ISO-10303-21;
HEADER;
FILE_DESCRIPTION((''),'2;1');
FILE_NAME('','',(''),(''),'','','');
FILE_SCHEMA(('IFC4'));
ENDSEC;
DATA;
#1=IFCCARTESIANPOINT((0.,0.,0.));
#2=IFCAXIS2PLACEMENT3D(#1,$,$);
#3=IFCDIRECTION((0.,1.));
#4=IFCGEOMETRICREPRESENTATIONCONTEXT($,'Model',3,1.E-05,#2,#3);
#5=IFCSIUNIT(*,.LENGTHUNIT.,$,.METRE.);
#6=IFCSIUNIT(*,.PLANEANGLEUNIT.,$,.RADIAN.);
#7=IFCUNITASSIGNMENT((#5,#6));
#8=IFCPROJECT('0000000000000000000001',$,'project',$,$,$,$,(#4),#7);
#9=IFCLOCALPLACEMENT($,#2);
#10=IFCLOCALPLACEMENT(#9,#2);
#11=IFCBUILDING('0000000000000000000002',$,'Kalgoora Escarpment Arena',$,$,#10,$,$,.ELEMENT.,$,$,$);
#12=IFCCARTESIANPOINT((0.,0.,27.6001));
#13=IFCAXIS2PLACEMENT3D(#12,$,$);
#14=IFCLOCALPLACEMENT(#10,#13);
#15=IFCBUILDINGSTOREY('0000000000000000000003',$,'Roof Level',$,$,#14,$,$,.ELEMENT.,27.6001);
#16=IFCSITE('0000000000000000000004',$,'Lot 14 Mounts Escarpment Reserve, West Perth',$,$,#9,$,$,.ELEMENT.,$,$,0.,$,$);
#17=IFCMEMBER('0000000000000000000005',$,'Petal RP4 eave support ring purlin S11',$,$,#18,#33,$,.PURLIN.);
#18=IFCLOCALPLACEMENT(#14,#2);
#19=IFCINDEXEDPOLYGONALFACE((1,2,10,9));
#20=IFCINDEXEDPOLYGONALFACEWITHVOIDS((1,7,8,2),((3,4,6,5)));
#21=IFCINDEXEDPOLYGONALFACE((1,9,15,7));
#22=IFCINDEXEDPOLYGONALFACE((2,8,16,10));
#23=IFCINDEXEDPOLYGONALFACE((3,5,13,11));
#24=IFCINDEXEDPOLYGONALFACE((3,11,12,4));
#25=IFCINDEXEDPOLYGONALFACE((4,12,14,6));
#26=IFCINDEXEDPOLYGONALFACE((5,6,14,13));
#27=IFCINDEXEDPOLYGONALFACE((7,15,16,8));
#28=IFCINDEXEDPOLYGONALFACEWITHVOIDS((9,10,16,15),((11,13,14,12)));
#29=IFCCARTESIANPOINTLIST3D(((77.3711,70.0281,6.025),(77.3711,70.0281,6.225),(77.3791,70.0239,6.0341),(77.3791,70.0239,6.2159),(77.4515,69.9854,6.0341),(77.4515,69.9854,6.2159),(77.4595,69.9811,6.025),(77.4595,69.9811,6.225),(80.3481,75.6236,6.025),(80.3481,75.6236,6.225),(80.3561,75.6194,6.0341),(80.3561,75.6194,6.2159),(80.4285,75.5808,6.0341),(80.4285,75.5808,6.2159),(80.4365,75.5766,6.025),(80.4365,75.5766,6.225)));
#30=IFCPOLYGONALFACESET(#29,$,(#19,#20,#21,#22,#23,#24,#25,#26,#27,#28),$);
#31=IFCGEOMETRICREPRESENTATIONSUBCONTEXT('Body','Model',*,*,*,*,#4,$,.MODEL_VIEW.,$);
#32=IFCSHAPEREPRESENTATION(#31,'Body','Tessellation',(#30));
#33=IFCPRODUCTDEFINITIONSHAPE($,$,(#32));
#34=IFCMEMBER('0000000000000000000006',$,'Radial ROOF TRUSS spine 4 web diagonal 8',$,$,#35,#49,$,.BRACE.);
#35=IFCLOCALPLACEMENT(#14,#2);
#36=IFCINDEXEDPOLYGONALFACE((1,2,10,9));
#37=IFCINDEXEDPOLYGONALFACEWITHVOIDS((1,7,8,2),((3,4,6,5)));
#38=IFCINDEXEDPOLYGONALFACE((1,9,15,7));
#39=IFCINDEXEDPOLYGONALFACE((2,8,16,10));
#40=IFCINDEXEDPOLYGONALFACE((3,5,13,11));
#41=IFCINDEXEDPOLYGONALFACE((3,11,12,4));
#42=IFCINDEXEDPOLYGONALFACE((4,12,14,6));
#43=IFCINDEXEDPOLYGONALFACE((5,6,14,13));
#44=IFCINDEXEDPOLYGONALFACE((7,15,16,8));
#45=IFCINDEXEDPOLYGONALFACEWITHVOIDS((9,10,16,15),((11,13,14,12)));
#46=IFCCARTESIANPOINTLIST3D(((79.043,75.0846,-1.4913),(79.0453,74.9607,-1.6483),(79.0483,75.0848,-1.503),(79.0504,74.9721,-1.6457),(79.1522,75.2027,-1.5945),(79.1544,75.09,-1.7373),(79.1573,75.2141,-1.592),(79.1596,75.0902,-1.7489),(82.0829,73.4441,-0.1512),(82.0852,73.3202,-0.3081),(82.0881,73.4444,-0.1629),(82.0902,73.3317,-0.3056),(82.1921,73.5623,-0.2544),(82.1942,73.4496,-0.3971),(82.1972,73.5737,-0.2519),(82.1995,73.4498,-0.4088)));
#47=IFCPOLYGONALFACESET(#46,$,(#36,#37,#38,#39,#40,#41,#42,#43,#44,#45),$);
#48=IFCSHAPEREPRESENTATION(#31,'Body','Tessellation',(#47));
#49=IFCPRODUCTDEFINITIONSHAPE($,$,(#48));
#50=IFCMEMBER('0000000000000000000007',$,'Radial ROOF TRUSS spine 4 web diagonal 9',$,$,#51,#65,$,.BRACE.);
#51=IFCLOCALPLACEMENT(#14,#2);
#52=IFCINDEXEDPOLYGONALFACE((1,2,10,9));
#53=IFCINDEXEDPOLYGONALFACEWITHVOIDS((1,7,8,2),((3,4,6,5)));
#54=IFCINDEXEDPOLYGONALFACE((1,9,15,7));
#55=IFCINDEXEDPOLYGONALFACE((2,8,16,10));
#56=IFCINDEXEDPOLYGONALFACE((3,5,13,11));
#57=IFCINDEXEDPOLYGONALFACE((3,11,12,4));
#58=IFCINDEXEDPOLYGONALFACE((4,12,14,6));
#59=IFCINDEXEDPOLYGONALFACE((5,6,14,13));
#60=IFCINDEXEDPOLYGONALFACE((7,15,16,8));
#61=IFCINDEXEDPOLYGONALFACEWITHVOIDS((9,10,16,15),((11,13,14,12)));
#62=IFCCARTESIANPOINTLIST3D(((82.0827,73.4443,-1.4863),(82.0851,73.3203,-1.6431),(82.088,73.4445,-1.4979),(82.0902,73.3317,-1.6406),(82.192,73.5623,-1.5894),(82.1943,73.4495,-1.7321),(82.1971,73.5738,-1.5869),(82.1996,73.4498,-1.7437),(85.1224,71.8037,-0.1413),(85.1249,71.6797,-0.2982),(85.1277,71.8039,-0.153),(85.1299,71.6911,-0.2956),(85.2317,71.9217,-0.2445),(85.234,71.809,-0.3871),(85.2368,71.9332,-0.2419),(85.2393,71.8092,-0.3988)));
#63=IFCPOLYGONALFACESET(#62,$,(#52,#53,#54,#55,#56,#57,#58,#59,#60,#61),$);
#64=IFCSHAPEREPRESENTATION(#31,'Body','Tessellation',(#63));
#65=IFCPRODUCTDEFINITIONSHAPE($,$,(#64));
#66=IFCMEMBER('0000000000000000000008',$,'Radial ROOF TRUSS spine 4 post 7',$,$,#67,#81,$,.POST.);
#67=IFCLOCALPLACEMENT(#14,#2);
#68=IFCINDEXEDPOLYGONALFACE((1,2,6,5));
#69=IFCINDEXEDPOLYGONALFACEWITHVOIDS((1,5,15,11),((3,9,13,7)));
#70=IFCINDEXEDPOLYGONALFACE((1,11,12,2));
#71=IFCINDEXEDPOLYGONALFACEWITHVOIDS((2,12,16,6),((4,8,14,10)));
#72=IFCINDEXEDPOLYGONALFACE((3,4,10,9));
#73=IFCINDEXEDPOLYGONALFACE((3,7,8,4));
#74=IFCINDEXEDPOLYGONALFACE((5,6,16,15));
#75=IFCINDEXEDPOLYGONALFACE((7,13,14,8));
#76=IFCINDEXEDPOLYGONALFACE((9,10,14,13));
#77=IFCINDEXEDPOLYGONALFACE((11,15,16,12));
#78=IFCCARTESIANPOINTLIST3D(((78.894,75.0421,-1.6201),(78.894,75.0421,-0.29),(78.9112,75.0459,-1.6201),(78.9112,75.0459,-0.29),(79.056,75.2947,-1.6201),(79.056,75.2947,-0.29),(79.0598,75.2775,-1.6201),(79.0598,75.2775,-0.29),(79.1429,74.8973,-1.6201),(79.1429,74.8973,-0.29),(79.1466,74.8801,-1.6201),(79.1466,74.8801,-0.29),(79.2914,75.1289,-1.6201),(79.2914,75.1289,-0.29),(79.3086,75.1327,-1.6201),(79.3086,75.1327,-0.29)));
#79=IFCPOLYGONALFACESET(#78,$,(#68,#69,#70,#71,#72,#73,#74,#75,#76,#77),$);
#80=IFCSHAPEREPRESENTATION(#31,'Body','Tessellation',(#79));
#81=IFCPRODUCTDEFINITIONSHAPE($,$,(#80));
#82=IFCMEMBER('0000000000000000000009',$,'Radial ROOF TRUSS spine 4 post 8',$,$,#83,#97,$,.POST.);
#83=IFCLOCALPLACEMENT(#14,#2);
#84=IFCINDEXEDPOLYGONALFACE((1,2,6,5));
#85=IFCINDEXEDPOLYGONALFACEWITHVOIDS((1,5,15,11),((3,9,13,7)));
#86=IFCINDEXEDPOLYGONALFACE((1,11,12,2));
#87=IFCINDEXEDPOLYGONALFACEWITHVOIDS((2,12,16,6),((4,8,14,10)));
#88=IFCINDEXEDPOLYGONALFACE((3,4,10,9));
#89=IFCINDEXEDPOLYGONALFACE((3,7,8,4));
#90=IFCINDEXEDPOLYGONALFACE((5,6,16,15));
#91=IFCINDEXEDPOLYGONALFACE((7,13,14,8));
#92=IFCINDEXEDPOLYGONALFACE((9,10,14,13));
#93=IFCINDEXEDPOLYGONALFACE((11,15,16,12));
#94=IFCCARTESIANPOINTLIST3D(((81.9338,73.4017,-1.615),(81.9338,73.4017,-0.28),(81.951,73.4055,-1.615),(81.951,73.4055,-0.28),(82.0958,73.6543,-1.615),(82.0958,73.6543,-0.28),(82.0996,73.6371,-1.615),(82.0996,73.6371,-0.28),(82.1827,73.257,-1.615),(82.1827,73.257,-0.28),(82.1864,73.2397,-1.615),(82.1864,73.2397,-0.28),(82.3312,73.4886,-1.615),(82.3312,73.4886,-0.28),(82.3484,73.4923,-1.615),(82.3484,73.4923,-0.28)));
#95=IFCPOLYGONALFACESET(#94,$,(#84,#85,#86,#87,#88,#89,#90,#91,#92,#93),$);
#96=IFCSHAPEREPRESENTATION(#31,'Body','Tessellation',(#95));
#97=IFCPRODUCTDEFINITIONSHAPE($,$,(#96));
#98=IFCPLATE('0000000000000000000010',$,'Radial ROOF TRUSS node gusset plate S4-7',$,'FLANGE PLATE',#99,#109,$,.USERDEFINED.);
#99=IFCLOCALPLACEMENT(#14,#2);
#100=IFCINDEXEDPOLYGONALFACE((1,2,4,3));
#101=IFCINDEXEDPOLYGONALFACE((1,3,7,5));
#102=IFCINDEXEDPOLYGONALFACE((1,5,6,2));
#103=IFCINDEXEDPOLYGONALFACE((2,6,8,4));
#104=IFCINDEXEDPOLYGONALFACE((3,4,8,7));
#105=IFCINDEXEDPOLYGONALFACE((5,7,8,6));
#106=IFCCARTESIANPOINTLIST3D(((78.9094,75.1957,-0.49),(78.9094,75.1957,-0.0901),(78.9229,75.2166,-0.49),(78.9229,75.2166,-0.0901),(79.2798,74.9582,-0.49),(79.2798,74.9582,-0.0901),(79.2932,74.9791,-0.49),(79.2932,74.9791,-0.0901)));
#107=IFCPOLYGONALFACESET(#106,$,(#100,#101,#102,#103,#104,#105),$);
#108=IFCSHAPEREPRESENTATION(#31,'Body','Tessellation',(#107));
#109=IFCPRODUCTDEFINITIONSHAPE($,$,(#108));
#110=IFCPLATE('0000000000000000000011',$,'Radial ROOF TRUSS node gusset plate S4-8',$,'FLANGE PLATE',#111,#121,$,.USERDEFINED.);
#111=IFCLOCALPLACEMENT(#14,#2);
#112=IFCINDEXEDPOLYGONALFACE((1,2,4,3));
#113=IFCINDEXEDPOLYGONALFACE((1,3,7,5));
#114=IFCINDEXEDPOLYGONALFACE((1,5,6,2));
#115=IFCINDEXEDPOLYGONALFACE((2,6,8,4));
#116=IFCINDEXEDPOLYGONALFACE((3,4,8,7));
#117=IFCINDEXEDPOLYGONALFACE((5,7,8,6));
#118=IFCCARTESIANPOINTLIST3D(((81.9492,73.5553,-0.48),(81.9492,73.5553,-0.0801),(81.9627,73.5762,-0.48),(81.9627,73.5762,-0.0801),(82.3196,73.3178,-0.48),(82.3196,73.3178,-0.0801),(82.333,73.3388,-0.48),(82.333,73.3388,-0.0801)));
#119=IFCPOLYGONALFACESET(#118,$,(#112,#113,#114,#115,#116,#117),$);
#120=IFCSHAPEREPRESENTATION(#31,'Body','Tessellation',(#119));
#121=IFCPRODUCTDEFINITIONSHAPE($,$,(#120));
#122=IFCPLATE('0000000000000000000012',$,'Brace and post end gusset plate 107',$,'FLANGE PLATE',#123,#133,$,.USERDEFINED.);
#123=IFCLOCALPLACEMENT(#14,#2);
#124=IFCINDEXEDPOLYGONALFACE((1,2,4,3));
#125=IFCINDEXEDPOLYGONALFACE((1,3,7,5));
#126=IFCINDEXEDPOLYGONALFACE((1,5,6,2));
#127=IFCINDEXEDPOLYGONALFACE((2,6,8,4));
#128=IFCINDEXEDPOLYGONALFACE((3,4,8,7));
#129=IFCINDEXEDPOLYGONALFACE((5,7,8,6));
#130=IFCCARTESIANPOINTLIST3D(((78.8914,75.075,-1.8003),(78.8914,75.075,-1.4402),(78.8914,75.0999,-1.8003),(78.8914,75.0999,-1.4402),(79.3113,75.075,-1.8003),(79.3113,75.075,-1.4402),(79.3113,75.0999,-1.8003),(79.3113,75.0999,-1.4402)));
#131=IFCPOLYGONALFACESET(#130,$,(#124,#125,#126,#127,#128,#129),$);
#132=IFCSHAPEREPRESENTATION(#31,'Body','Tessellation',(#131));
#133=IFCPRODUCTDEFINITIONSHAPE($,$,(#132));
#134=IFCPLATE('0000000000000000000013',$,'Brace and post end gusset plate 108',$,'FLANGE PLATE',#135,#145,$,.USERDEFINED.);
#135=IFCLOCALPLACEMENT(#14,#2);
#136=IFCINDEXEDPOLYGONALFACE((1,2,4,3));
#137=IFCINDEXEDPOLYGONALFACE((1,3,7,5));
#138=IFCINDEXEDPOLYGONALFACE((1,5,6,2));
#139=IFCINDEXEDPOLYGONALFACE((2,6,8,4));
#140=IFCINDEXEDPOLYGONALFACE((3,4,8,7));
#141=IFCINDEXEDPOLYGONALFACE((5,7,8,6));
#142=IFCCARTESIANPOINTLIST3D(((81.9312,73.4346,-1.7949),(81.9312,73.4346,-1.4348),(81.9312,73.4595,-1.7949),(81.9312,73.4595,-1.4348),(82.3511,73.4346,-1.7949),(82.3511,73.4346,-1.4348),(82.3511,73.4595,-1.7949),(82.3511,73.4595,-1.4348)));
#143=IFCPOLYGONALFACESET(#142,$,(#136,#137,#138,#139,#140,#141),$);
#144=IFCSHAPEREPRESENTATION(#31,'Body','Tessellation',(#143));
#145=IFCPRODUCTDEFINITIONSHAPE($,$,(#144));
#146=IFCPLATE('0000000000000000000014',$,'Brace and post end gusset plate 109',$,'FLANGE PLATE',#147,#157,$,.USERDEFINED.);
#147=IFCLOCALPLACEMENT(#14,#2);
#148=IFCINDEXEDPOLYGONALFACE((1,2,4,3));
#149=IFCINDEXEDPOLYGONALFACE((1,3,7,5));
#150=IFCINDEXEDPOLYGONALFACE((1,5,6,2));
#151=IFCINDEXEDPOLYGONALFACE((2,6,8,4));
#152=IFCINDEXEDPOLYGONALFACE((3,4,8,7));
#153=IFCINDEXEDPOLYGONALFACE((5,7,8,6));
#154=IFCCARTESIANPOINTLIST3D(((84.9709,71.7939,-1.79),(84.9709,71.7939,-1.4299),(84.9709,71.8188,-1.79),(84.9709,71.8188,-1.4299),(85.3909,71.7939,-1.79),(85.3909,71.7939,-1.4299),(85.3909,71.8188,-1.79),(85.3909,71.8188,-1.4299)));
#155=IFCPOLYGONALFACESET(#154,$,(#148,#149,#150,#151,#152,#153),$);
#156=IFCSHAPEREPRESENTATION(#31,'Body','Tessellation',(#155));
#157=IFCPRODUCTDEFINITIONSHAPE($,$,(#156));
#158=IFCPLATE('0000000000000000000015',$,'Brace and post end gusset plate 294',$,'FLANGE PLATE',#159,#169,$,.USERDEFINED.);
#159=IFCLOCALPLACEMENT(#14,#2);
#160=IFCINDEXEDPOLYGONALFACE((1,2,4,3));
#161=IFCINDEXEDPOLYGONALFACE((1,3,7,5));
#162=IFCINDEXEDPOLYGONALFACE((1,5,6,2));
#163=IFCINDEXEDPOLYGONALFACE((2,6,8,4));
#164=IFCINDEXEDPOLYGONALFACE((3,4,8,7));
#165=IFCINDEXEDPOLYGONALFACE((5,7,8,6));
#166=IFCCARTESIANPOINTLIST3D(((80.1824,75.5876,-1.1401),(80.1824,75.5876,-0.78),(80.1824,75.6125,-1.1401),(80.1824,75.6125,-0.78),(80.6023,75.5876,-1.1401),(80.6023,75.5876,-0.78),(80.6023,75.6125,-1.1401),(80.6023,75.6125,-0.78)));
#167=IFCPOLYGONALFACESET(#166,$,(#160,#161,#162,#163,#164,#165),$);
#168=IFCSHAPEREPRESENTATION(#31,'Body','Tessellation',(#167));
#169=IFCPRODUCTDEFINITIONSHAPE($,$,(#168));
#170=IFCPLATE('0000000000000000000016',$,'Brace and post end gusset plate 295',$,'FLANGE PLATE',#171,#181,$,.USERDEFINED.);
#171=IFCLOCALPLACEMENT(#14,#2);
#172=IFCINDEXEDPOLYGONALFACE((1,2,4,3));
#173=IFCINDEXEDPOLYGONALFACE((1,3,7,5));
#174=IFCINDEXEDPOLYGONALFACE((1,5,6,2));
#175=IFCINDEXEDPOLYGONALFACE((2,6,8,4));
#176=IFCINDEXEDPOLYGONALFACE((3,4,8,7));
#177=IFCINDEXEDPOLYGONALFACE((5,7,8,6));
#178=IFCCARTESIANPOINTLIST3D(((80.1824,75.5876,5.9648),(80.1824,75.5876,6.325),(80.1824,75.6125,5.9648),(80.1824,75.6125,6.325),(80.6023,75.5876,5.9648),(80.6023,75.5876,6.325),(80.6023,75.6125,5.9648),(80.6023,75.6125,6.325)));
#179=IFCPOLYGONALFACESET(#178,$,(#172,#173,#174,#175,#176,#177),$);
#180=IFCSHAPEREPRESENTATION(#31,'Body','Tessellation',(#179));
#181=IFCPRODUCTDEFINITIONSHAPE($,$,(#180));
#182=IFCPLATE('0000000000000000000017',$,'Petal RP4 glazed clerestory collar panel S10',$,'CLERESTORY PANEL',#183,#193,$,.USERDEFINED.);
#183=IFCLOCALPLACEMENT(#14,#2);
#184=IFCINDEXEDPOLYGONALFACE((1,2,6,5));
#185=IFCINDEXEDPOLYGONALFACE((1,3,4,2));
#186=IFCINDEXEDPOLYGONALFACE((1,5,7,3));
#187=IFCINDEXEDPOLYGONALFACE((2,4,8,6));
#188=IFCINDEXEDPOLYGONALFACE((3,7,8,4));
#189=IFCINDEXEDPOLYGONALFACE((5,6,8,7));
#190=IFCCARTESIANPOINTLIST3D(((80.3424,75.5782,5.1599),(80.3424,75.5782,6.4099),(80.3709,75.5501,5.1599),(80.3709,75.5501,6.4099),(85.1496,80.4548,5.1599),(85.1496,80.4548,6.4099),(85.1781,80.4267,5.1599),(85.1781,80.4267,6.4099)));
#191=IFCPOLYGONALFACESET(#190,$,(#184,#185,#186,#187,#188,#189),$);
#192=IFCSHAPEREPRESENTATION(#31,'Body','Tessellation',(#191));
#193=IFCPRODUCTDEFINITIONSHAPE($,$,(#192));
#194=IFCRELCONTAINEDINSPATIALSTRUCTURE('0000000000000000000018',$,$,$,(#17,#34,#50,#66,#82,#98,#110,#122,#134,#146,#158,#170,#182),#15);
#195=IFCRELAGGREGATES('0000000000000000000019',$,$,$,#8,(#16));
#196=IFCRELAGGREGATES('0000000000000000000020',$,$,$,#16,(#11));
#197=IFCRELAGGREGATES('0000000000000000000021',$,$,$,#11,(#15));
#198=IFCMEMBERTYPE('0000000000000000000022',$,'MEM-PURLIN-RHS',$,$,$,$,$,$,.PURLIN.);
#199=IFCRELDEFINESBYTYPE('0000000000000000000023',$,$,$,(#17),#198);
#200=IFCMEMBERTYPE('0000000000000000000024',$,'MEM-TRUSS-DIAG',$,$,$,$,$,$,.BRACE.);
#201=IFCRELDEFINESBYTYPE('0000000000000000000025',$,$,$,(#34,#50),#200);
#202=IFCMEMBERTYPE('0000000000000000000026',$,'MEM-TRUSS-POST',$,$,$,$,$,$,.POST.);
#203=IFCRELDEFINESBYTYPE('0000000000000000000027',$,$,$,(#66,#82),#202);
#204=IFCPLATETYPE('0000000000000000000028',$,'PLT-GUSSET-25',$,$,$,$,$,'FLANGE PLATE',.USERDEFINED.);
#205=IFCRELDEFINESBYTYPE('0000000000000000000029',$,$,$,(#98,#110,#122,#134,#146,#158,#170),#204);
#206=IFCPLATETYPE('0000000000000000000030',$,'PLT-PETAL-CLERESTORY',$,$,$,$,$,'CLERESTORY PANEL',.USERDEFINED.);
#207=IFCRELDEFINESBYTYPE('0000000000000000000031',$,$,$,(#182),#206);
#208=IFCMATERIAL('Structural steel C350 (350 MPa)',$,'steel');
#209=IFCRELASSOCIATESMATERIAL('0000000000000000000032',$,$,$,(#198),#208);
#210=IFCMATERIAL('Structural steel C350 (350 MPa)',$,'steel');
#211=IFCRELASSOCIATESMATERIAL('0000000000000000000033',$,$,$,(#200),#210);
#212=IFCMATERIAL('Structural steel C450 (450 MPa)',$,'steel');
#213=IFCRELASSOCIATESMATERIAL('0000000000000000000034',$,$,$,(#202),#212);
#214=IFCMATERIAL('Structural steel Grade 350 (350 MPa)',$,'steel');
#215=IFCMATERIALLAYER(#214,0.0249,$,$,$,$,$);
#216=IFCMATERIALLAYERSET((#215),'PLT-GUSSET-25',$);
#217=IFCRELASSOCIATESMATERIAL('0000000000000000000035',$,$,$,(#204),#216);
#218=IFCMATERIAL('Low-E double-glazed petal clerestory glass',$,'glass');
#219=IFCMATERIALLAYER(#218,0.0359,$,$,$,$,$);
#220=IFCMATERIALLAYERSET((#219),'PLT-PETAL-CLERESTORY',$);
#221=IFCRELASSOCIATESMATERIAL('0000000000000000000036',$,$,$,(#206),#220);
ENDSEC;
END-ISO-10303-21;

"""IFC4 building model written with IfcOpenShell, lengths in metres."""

from ifc_helpers import new_model, si_unit, direction, frame, origin, origin_2d, place, context, subcontext, project, spatial, rectangle, hollow_rectangle, extrude, material, layer, layer_set, material_profile, profile_set, type_object, element, save


model = new_model("IFC4")

# Units and contexts
model_context = context("Model", 3, precision=1e-05, world=origin(), true_north=direction((0.0, 1.0)))
body_context = subcontext(model_context, "Body", "Model", "MODEL_VIEW")
ifc_project = project(units=[si_unit("LENGTHUNIT", "METRE"), si_unit("PLANEANGLEUNIT", "RADIAN")], contexts=[model_context])

# Site, building, storey
site_placement = place(None, origin())
site = spatial("IfcSite", under=ifc_project, at=site_placement, Name="Lot 14 Mounts Escarpment Reserve, West Perth", CompositionType="ELEMENT", RefElevation=0.0)
building_placement = place(site_placement, origin())
building = spatial("IfcBuilding", under=site, at=building_placement, Name="Kalgoora Escarpment Arena", CompositionType="ELEMENT")
storey_placement = place(building_placement, frame((0.0, 0.0, 27.6001)))
storey = spatial("IfcBuildingStorey", under=building, at=storey_placement, Name="Roof Level", CompositionType="ELEMENT", Elevation=27.6001)

# Members
ifc_material_1 = material(Name="Structural steel C350 (350 MPa)", Category="steel")
ifc_material_profile_1 = material_profile(ifc_material_1, hollow_rectangle(XDim=0.1001, YDim=0.2, WallThickness=0.009, at=origin_2d()))
ifc_profile_set_1 = profile_set([ifc_material_profile_1], Name="Structural steel C350 (350 MPa)")
member_type_1 = type_object("IfcMemberType", Name="MEM-PURLIN-RHS", PredefinedType="PURLIN", material=ifc_profile_set_1)
member_1_placement = place(storey_placement, frame((80.3923, 75.6001, 6.125), z_axis=(-0.469704, -0.882824, 0.0), x_axis=(0.882824, -0.469704, 0.0)))
element("IfcMember", 1, at=member_1_placement, inside=storey, type_object=member_type_1, Name="Petal RP4 eave support ring purlin S11", PredefinedType="PURLIN", context=body_context, shape_type="SweptSolid", body=[
    extrude(hollow_rectangle(XDim=0.1001, YDim=0.2, WallThickness=0.009, at=origin_2d()), origin(), (0.0, 0.0, 1.0), 6.3381),
])
ifc_material_2 = material(Name="Structural steel C350 (350 MPa)", Category="steel")
ifc_material_profile_2 = material_profile(ifc_material_2, hollow_rectangle(XDim=0.2, YDim=0.2, WallThickness=0.009, at=origin_2d()))
ifc_profile_set_2 = profile_set([ifc_material_profile_2], Name="Structural steel C350 (350 MPa)")
member_type_2 = type_object("IfcMemberType", Name="MEM-TRUSS-DIAG", PredefinedType="BRACE", material=ifc_profile_set_2)
member_2_placement = place(storey_placement, frame((79.1013, 75.0874, -1.6201), z_axis=(0.820457, -0.442748, 0.361697), x_axis=(0.57159, 0.64809, -0.503253)))
element("IfcMember", 2, at=member_2_placement, inside=storey, type_object=member_type_2, Name="Radial ROOF TRUSS spine 4 web diagonal 8", PredefinedType="BRACE", context=body_context, shape_type="SweptSolid", body=[
    extrude(hollow_rectangle(XDim=0.2, YDim=0.2, WallThickness=0.009, at=origin_2d()), origin(), (0.0, 0.0, 1.0), 3.7051),
])
member_3_placement = place(storey_placement, frame((82.1411, 73.447, -1.615), z_axis=(0.820042, -0.442589, 0.362831), x_axis=(0.57217, 0.647764, -0.503015)))
element("IfcMember", 3, at=member_3_placement, inside=storey, type_object=member_type_2, Name="Radial ROOF TRUSS spine 4 web diagonal 9", PredefinedType="BRACE", context=body_context, shape_type="SweptSolid", body=[
    extrude(hollow_rectangle(XDim=0.2, YDim=0.2, WallThickness=0.009, at=origin_2d()), origin(), (0.0, 0.0, 1.0), 3.7068),
])
ifc_material_3 = material(Name="Structural steel C450 (450 MPa)", Category="steel")
ifc_material_profile_3 = material_profile(ifc_material_3, hollow_rectangle(XDim=0.3, YDim=0.3, WallThickness=0.0125, at=origin_2d()))
ifc_profile_set_3 = profile_set([ifc_material_profile_3], Name="Structural steel C450 (450 MPa)")
member_type_3 = type_object("IfcMemberType", Name="MEM-TRUSS-POST", PredefinedType="POST", material=ifc_profile_set_3)
member_4_placement = place(storey_placement, frame((79.1013, 75.0874, -1.6201), z_axis=(0.0, 0.0, 1.0), x_axis=(0.841794, -0.5398, 0.0)))
element("IfcMember", 4, at=member_4_placement, inside=storey, type_object=member_type_3, Name="Radial ROOF TRUSS spine 4 post 7", PredefinedType="POST", context=body_context, shape_type="SweptSolid", body=[
    extrude(hollow_rectangle(XDim=0.3, YDim=0.3, WallThickness=0.0125, at=origin_2d()), origin(), (0.0, 0.0, 1.0), 1.3301),
])
member_5_placement = place(storey_placement, frame((82.1411, 73.447, -1.615), z_axis=(0.0, 0.0, 1.0), x_axis=(0.841794, -0.5398, 0.0)))
element("IfcMember", 5, at=member_5_placement, inside=storey, type_object=member_type_3, Name="Radial ROOF TRUSS spine 4 post 8", PredefinedType="POST", context=body_context, shape_type="SweptSolid", body=[
    extrude(hollow_rectangle(XDim=0.3, YDim=0.3, WallThickness=0.0125, at=origin_2d()), origin(), (0.0, 0.0, 1.0), 1.335),
])

# Plates
ifc_material_4 = material(Name="Structural steel Grade 350 (350 MPa)", Category="steel")
ifc_layer_1 = layer(ifc_material_4, 0.0249)
ifc_layer_set_1 = layer_set([ifc_layer_1], Name="PLT-GUSSET-25")
plate_type_1 = type_object("IfcPlateType", Name="PLT-GUSSET-25", ElementType="FLANGE PLATE", PredefinedType="USERDEFINED", material=ifc_layer_set_1)
for number, where, z_axis, x_axis, name in (
    (6, (79.1013, 75.0874, -0.49), (0.0, 0.0, 1.0), (0.841794, -0.5398, 0.0), "Radial ROOF TRUSS node gusset plate S4-7"),
    (7, (82.1411, 73.447, -0.48), (0.0, 0.0, 1.0), (0.841794, -0.5398, 0.0), "Radial ROOF TRUSS node gusset plate S4-8"),
):
    element("IfcPlate", number, at=place(storey_placement, frame(where, z_axis=z_axis, x_axis=x_axis)), inside=storey, type_object=plate_type_1, Name=name, ObjectType="FLANGE PLATE", PredefinedType="USERDEFINED", context=body_context, shape_type="SweptSolid", body=[
        extrude(rectangle(XDim=0.4399, YDim=0.0249, at=origin_2d()), origin(), (0.0, 0.0, 1.0), 0.3999),
    ])
for number, where, z_axis, x_axis, name in (
    (8, (79.1013, 75.0874, -1.8003), (0.0, 0.0, 1.0), (1.0, 0.0, 0.0), "Brace and post end gusset plate 107"),
    (9, (82.1411, 73.447, -1.7949), (0.0, 0.0, 1.0), (1.0, 0.0, 0.0), "Brace and post end gusset plate 108"),
    (10, (85.1809, 71.8064, -1.79), (0.0, 0.0, 1.0), (1.0, 0.0, 0.0), "Brace and post end gusset plate 109"),
    (11, (80.3923, 75.6001, -1.1401), (0.0, 0.0, 1.0), (1.0, 0.0, 0.0), "Brace and post end gusset plate 294"),
    (12, (80.3923, 75.6001, 5.9648), (0.0, 0.0, 1.0), (1.0, 0.0, 0.0), "Brace and post end gusset plate 295"),
):
    element("IfcPlate", number, at=place(storey_placement, frame(where, z_axis=z_axis, x_axis=x_axis)), inside=storey, type_object=plate_type_1, Name=name, ObjectType="FLANGE PLATE", PredefinedType="USERDEFINED", context=body_context, shape_type="SweptSolid", body=[
        extrude(rectangle(XDim=0.4199, YDim=0.0249, at=origin_2d()), origin(), (0.0, 0.0, 1.0), 0.3601),
    ])
ifc_material_5 = material(Name="Low-E double-glazed petal clerestory glass", Category="glass")
ifc_layer_2 = layer(ifc_material_5, 0.0359)
ifc_layer_set_2 = layer_set([ifc_layer_2], Name="PLT-PETAL-CLERESTORY")
plate_type_2 = type_object("IfcPlateType", Name="PLT-PETAL-CLERESTORY", ElementType="CLERESTORY PANEL", PredefinedType="USERDEFINED", material=ifc_layer_set_2)
plate_1_placement = place(storey_placement, frame((82.7603, 78.0024, 5.1599), z_axis=(0.0, 0.0, 1.0), x_axis=(-0.702029, -0.712149, 0.0)))
element("IfcPlate", 13, at=plate_1_placement, inside=storey, type_object=plate_type_2, Name="Petal RP4 glazed clerestory collar panel S10", ObjectType="CLERESTORY PANEL", PredefinedType="USERDEFINED", context=body_context, shape_type="SweptSolid", body=[
    extrude(rectangle(XDim=6.8477, YDim=0.04, at=origin_2d()), origin(), (0.0, 0.0, 1.0), 1.25),
])

save(model, "model.ifc")
